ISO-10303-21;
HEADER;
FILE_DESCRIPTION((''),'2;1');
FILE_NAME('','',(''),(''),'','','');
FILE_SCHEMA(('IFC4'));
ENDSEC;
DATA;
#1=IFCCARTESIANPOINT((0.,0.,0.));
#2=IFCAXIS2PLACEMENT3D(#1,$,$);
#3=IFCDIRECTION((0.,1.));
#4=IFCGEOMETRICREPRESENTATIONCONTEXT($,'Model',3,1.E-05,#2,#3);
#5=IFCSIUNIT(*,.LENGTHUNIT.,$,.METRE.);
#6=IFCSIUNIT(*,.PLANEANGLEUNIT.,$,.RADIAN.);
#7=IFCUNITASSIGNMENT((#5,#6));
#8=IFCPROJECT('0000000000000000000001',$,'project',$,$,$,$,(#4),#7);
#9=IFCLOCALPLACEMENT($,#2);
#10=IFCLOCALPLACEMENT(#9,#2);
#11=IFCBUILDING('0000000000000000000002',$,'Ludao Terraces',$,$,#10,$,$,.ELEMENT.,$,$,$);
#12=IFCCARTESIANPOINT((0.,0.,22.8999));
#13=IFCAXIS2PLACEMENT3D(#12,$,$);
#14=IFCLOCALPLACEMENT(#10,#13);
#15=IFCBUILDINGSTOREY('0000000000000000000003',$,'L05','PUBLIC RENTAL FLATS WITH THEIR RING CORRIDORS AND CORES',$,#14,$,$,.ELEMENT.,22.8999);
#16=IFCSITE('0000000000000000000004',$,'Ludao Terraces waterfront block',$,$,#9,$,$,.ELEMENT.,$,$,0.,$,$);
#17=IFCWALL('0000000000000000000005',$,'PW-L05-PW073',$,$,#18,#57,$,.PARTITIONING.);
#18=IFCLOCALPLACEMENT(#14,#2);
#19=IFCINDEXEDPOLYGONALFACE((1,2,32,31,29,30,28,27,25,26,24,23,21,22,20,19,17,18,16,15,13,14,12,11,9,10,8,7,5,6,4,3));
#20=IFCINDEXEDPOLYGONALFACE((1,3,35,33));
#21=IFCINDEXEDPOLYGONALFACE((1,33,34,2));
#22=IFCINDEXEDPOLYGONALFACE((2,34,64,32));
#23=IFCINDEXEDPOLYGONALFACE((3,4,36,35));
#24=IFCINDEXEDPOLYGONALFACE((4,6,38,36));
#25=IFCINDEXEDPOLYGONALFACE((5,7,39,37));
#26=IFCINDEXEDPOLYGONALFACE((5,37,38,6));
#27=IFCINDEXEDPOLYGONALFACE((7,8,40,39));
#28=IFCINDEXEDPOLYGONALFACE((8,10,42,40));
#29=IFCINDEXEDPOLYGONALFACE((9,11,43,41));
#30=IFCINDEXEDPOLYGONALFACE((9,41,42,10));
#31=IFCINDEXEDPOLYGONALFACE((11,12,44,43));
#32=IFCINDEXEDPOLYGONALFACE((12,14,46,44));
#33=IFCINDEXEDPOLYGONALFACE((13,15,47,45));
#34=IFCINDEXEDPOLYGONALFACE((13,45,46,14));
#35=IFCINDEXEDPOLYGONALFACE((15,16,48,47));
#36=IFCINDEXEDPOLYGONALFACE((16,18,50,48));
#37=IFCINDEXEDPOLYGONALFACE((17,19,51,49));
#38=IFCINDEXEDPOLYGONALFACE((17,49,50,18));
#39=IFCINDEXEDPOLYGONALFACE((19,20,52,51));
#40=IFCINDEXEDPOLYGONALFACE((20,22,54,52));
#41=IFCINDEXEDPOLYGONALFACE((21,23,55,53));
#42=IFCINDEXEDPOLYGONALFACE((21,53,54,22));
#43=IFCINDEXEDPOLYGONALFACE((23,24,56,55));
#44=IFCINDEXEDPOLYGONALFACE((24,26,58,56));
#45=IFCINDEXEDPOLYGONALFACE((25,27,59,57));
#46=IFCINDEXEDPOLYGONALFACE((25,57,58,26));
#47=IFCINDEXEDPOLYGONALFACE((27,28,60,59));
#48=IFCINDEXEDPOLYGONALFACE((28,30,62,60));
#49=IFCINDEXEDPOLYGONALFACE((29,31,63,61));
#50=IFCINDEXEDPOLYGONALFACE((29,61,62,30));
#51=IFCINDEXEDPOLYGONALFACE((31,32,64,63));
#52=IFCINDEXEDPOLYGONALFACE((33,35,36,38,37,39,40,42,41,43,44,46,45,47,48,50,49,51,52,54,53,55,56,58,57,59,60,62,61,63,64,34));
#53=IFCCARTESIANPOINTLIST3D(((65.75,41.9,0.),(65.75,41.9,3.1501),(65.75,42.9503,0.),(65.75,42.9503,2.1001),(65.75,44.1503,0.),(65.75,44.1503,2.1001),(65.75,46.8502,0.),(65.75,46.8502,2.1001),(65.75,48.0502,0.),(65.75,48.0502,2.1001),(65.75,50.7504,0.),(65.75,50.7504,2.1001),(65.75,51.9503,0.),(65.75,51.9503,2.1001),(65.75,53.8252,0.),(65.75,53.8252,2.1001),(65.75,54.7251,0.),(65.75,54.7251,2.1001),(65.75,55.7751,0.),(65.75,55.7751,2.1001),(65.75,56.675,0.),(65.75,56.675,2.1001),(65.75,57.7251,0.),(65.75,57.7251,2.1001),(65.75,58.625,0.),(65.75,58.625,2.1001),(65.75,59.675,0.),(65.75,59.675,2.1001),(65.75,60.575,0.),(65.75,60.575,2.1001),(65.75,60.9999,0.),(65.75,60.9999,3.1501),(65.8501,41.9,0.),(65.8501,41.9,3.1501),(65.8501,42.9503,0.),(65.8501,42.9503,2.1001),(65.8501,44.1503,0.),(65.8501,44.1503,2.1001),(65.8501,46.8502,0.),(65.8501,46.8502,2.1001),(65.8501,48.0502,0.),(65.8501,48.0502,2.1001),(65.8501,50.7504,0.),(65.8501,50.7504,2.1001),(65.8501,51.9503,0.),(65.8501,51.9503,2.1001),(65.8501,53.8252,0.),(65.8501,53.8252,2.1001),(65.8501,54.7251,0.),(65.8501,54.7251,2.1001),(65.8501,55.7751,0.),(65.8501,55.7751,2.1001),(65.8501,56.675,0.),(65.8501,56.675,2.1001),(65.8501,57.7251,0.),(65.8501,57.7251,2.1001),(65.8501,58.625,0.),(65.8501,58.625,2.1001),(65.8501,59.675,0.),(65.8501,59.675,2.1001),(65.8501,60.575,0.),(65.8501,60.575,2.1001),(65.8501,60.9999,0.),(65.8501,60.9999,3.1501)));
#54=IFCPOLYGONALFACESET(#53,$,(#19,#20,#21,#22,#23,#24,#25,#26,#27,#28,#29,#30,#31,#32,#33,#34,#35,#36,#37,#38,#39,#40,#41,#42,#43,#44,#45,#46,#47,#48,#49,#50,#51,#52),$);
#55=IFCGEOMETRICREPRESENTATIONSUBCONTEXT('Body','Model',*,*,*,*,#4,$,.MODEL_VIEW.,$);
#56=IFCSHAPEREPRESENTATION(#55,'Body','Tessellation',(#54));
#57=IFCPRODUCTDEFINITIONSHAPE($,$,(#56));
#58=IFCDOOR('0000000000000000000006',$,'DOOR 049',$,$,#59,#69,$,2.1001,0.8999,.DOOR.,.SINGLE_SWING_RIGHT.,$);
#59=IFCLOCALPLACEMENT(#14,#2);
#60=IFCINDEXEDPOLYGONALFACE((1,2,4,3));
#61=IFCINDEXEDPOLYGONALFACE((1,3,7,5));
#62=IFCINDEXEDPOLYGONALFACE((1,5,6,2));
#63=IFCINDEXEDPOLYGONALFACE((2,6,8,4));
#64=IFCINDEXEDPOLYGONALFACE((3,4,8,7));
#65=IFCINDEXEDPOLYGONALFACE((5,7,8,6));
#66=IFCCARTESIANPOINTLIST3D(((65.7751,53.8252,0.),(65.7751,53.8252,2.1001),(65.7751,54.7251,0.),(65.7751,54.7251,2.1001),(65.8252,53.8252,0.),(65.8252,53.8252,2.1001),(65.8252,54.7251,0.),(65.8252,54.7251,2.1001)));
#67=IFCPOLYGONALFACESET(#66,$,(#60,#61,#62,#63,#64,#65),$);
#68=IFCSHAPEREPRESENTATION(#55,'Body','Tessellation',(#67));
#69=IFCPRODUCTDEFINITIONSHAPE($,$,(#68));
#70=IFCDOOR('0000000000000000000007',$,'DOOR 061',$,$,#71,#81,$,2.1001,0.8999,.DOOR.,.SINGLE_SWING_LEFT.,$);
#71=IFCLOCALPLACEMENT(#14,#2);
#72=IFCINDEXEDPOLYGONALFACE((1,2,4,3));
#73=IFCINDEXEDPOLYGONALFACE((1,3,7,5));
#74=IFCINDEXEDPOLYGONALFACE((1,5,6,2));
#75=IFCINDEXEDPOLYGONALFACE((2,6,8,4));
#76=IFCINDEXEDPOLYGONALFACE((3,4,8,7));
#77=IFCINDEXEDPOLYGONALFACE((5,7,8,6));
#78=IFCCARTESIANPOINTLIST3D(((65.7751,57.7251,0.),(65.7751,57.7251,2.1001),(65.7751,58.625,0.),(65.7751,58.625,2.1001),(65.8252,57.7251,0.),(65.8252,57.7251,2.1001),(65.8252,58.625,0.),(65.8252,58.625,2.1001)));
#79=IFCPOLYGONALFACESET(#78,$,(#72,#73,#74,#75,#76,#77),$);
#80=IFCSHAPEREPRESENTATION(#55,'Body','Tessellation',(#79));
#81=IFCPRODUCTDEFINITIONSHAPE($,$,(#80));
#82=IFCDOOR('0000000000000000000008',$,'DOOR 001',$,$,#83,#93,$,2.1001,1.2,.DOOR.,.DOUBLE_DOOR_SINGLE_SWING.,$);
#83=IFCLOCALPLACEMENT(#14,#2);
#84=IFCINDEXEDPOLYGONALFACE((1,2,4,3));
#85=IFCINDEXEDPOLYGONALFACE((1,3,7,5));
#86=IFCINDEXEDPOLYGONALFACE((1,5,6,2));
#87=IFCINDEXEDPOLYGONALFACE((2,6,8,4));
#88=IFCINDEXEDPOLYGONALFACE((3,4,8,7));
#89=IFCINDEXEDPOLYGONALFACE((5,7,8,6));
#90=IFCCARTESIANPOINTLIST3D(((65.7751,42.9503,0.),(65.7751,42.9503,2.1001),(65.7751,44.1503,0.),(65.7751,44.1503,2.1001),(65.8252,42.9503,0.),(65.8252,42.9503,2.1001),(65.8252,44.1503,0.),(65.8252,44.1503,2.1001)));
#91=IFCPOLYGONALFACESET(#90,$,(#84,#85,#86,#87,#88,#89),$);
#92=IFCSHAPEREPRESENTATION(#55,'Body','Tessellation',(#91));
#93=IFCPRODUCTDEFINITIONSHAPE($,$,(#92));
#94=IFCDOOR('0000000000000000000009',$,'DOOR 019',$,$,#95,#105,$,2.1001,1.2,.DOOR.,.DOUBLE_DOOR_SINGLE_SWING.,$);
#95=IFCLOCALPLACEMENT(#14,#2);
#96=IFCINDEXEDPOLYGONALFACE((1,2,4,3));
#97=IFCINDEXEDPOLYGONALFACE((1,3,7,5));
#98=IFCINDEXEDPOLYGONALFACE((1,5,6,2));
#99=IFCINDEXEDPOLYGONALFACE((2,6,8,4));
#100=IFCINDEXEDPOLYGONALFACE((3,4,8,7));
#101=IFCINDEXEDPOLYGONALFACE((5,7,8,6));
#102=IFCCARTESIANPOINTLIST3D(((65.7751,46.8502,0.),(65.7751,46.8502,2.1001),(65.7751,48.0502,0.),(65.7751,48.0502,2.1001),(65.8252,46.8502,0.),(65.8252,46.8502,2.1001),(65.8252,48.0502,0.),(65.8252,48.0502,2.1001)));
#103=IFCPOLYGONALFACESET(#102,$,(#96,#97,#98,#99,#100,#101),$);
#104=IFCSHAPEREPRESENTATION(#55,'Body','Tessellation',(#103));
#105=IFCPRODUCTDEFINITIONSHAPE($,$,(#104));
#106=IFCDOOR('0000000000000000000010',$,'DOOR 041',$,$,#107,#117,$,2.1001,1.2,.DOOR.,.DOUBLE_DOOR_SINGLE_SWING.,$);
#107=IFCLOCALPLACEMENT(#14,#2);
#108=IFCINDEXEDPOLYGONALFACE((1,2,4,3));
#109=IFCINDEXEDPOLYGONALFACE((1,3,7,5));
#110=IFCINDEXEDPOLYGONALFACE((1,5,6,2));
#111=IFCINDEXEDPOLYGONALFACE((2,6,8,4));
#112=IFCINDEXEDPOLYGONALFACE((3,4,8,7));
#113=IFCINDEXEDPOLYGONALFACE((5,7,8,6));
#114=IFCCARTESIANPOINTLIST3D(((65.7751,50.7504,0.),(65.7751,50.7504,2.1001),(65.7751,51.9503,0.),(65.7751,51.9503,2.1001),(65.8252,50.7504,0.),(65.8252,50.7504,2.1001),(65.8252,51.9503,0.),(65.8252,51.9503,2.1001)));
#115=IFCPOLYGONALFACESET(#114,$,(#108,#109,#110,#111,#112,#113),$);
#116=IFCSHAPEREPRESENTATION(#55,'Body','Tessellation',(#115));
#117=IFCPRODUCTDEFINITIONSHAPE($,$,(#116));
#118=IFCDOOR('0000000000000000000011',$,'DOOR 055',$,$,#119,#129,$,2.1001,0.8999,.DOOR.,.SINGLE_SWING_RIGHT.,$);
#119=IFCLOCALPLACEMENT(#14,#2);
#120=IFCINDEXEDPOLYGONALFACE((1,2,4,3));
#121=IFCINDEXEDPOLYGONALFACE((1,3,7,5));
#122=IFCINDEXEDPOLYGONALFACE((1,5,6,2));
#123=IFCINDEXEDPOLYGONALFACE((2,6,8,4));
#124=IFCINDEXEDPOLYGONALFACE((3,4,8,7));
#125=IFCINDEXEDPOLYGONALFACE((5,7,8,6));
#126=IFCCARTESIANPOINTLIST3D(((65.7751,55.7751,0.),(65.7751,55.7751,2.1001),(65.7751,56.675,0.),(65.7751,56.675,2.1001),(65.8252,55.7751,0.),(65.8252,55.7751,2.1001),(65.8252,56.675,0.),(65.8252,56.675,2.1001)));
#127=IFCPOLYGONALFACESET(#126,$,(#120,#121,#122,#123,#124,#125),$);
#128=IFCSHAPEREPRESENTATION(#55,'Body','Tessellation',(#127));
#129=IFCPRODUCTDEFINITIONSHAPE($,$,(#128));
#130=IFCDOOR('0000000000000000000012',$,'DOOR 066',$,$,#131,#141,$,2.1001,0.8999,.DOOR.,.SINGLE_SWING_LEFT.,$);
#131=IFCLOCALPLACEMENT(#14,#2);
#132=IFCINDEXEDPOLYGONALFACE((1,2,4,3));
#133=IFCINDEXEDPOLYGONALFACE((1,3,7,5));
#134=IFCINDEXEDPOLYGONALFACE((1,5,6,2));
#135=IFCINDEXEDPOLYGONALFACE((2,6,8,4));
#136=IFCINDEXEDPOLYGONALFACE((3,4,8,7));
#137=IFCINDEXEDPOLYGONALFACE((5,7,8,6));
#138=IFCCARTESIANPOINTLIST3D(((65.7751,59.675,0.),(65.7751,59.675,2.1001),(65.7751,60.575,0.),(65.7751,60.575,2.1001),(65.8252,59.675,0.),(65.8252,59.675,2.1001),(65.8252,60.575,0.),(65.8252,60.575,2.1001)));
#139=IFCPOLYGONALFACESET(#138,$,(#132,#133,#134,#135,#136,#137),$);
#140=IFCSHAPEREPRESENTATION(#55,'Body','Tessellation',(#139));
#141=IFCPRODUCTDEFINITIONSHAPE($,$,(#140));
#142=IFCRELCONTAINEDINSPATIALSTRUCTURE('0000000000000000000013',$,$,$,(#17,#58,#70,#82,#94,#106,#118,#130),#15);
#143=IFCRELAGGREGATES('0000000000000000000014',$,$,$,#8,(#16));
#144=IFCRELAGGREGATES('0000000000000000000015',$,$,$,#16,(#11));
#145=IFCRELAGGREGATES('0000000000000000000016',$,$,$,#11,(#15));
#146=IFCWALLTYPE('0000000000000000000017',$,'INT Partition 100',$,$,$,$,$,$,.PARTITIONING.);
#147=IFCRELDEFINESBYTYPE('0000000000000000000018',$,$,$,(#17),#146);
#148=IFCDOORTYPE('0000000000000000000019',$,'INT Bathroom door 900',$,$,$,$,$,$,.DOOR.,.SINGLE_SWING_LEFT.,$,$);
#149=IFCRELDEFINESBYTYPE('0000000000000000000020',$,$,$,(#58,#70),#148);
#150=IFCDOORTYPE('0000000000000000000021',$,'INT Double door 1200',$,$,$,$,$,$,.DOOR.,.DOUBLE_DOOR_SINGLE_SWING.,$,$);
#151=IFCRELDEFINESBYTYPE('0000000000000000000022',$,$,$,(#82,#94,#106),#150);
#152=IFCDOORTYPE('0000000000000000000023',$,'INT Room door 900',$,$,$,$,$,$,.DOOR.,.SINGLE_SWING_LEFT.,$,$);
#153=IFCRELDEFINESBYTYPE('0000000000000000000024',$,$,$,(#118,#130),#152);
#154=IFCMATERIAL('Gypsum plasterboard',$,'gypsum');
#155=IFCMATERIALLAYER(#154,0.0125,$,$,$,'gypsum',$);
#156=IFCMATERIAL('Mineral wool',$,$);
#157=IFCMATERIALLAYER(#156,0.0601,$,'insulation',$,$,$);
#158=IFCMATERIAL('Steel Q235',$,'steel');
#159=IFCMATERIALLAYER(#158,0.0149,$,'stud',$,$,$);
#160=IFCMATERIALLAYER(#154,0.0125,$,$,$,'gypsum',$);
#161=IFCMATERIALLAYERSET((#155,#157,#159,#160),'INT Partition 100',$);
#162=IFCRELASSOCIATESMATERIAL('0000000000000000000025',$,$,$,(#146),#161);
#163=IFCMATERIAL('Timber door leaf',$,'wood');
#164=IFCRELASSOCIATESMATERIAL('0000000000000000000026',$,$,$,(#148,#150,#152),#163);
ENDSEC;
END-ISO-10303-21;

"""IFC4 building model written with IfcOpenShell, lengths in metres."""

from ifc_helpers import new_model, si_unit, direction, frame, frame_2d, origin, place, context, subcontext, project, spatial, rectangle, extrude, material, layer, layer_set, type_object, element, fill, save


model = new_model("IFC4")

# Units and contexts
model_context = context("Model", 3, precision=1e-05, world=origin(), true_north=direction((0.0, 1.0)))
body_context = subcontext(model_context, "Body", "Model", "MODEL_VIEW")
ifc_project = project(units=[si_unit("LENGTHUNIT", "METRE"), si_unit("PLANEANGLEUNIT", "RADIAN")], contexts=[model_context])

# Site, building, storey
site_placement = place(None, origin())
site = spatial("IfcSite", under=ifc_project, at=site_placement, Name="Ludao Terraces waterfront block", CompositionType="ELEMENT", RefElevation=0.0)
building_placement = place(site_placement, origin())
building = spatial("IfcBuilding", under=site, at=building_placement, Name="Ludao Terraces", CompositionType="ELEMENT")
storey_placement = place(building_placement, frame((0.0, 0.0, 22.8999)))
storey = spatial("IfcBuildingStorey", under=building, at=storey_placement, Name="L05", Description="PUBLIC RENTAL FLATS WITH THEIR RING CORRIDORS AND CORES", CompositionType="ELEMENT", Elevation=22.8999)

# Wall, openings, doors
ifc_material_1 = material(Name="Gypsum plasterboard", Category="gypsum")
ifc_layer_1 = layer(ifc_material_1, 0.0125, Category="gypsum")
ifc_material_2 = material(Name="Mineral wool")
ifc_layer_2 = layer(ifc_material_2, 0.0601, Name="insulation")
ifc_material_3 = material(Name="Steel Q235", Category="steel")
ifc_layer_3 = layer(ifc_material_3, 0.0149, Name="stud")
ifc_layer_4 = layer(ifc_material_1, 0.0125, Category="gypsum")
ifc_layer_set = layer_set([ifc_layer_1, ifc_layer_2, ifc_layer_3, ifc_layer_4], Name="INT Partition 100")
wall_type = type_object("IfcWallType", Name="INT Partition 100", PredefinedType="PARTITIONING", material=ifc_layer_set)
wall_1_placement = place(storey_placement, frame((65.8, 41.9001, 0.0), z_axis=(0.0, 0.0, 1.0), x_axis=(0.0, 1.0, 0.0)))
wall_1 = element("IfcWall", 1, at=wall_1_placement, inside=storey, type_object=wall_type, Name="PW-L05-PW073", PredefinedType="PARTITIONING", context=body_context, shape_type="SweptSolid", body=[
    extrude(rectangle(XDim=19.0999, YDim=0.1001, at=frame_2d((9.5498, 0.0))), origin(), (0.0, 0.0, 1.0), 3.1501),
])
opening_1_placement = place(wall_1_placement, frame((1.05, 0.0, 0.0)))
opening_1 = element("IfcOpeningElement", 2, at=opening_1_placement, cuts=wall_1, PredefinedType="OPENING", context=body_context, shape_type="SweptSolid", body=[
    extrude(rectangle(XDim=1.2, YDim=2.1001, at=frame_2d((0.6001, 1.05))), frame((0.0, 0.0601, 0.0), z_axis=(0.0, -1.0, 0.0), x_axis=(1.0, 0.0, 0.0)), (0.0, 0.0, 1.0), 0.1201),
])
opening_2_placement = place(wall_1_placement, frame((4.95, 0.0, 0.0)))
opening_2 = element("IfcOpeningElement", 3, at=opening_2_placement, cuts=wall_1, PredefinedType="OPENING", context=body_context, shape_type="SweptSolid", body=[
    extrude(rectangle(XDim=1.2, YDim=2.1001, at=frame_2d((0.6001, 1.05))), frame((0.0, 0.0601, 0.0), z_axis=(0.0, -1.0, 0.0), x_axis=(1.0, 0.0, 0.0)), (0.0, 0.0, 1.0), 0.1201),
])
opening_3_placement = place(wall_1_placement, frame((8.8501, 0.0, 0.0)))
opening_3 = element("IfcOpeningElement", 4, at=opening_3_placement, cuts=wall_1, PredefinedType="OPENING", context=body_context, shape_type="SweptSolid", body=[
    extrude(rectangle(XDim=1.2, YDim=2.1001, at=frame_2d((0.6001, 1.05))), frame((0.0, 0.0601, 0.0), z_axis=(0.0, -1.0, 0.0), x_axis=(1.0, 0.0, 0.0)), (0.0, 0.0, 1.0), 0.1201),
])
opening_4_placement = place(wall_1_placement, frame((11.925, 0.0, 0.0)))
opening_4 = element("IfcOpeningElement", 5, at=opening_4_placement, cuts=wall_1, PredefinedType="OPENING", context=body_context, shape_type="SweptSolid", body=[
    extrude(rectangle(XDim=0.8999, YDim=2.1001, at=frame_2d((0.45, 1.05))), frame((0.0, 0.0601, 0.0), z_axis=(0.0, -1.0, 0.0), x_axis=(1.0, 0.0, 0.0)), (0.0, 0.0, 1.0), 0.1201),
])
opening_5_placement = place(wall_1_placement, frame((13.875, 0.0, 0.0)))
opening_5 = element("IfcOpeningElement", 6, at=opening_5_placement, cuts=wall_1, PredefinedType="OPENING", context=body_context, shape_type="SweptSolid", body=[
    extrude(rectangle(XDim=0.8999, YDim=2.1001, at=frame_2d((0.45, 1.05))), frame((0.0, 0.0601, 0.0), z_axis=(0.0, -1.0, 0.0), x_axis=(1.0, 0.0, 0.0)), (0.0, 0.0, 1.0), 0.1201),
])
opening_6_placement = place(wall_1_placement, frame((15.825, 0.0, 0.0)))
opening_6 = element("IfcOpeningElement", 7, at=opening_6_placement, cuts=wall_1, PredefinedType="OPENING", context=body_context, shape_type="SweptSolid", body=[
    extrude(rectangle(XDim=0.8999, YDim=2.1001, at=frame_2d((0.45, 1.05))), frame((0.0, 0.0601, 0.0), z_axis=(0.0, -1.0, 0.0), x_axis=(1.0, 0.0, 0.0)), (0.0, 0.0, 1.0), 0.1201),
])
opening_7_placement = place(wall_1_placement, frame((17.7749, 0.0, 0.0)))
opening_7 = element("IfcOpeningElement", 8, at=opening_7_placement, cuts=wall_1, PredefinedType="OPENING", context=body_context, shape_type="SweptSolid", body=[
    extrude(rectangle(XDim=0.8999, YDim=2.1001, at=frame_2d((0.45, 1.05))), frame((0.0, 0.0601, 0.0), z_axis=(0.0, -1.0, 0.0), x_axis=(1.0, 0.0, 0.0)), (0.0, 0.0, 1.0), 0.1201),
])
ifc_material_4 = material(Name="Timber door leaf", Category="wood")
door_type_1 = type_object("IfcDoorType", Name="INT Bathroom door 900", OperationType="SINGLE_SWING_LEFT", PredefinedType="DOOR", material=ifc_material_4)
door_1_placement = place(opening_4_placement, origin())
door_1 = element("IfcDoor", 9, at=door_1_placement, inside=storey, type_object=door_type_1, Name="DOOR 049", OperationType="SINGLE_SWING_RIGHT", OverallHeight=2.1001, OverallWidth=0.8999, PredefinedType="DOOR", context=body_context, shape_type="SweptSolid", body=[
    extrude(rectangle(XDim=0.8999, YDim=2.1001, at=frame_2d((0.45, 1.05))), frame((0.0, 0.0249, 0.0), z_axis=(0.0, -1.0, 0.0), x_axis=(1.0, 0.0, 0.0)), (0.0, 0.0, 1.0), 0.05),
])
fill(opening_4, door_1)
door_2_placement = place(opening_6_placement, origin())
door_2 = element("IfcDoor", 10, at=door_2_placement, inside=storey, type_object=door_type_1, Name="DOOR 061", OperationType="SINGLE_SWING_LEFT", OverallHeight=2.1001, OverallWidth=0.8999, PredefinedType="DOOR", context=body_context, shape_type="SweptSolid", body=[
    extrude(rectangle(XDim=0.8999, YDim=2.1001, at=frame_2d((0.45, 1.05))), frame((0.0, 0.0249, 0.0), z_axis=(0.0, -1.0, 0.0), x_axis=(1.0, 0.0, 0.0)), (0.0, 0.0, 1.0), 0.05),
])
fill(opening_6, door_2)
door_type_2 = type_object("IfcDoorType", Name="INT Double door 1200", OperationType="DOUBLE_DOOR_SINGLE_SWING", PredefinedType="DOOR", material=ifc_material_4)
door_3_placement = place(opening_1_placement, origin())
door_3 = element("IfcDoor", 11, at=door_3_placement, inside=storey, type_object=door_type_2, Name="DOOR 001", OperationType="DOUBLE_DOOR_SINGLE_SWING", OverallHeight=2.1001, OverallWidth=1.2, PredefinedType="DOOR", context=body_context, shape_type="SweptSolid", body=[
    extrude(rectangle(XDim=1.2, YDim=2.1001, at=frame_2d((0.6001, 1.05))), frame((0.0, 0.0249, 0.0), z_axis=(0.0, -1.0, 0.0), x_axis=(1.0, 0.0, 0.0)), (0.0, 0.0, 1.0), 0.05),
])
fill(opening_1, door_3)
door_4_placement = place(opening_2_placement, origin())
door_4 = element("IfcDoor", 12, at=door_4_placement, inside=storey, type_object=door_type_2, Name="DOOR 019", OperationType="DOUBLE_DOOR_SINGLE_SWING", OverallHeight=2.1001, OverallWidth=1.2, PredefinedType="DOOR", context=body_context, shape_type="SweptSolid", body=[
    extrude(rectangle(XDim=1.2, YDim=2.1001, at=frame_2d((0.6001, 1.05))), frame((0.0, 0.0249, 0.0), z_axis=(0.0, -1.0, 0.0), x_axis=(1.0, 0.0, 0.0)), (0.0, 0.0, 1.0), 0.05),
])
fill(opening_2, door_4)
door_5_placement = place(opening_3_placement, origin())
door_5 = element("IfcDoor", 13, at=door_5_placement, inside=storey, type_object=door_type_2, Name="DOOR 041", OperationType="DOUBLE_DOOR_SINGLE_SWING", OverallHeight=2.1001, OverallWidth=1.2, PredefinedType="DOOR", context=body_context, shape_type="SweptSolid", body=[
    extrude(rectangle(XDim=1.2, YDim=2.1001, at=frame_2d((0.6001, 1.05))), frame((0.0, 0.0249, 0.0), z_axis=(0.0, -1.0, 0.0), x_axis=(1.0, 0.0, 0.0)), (0.0, 0.0, 1.0), 0.05),
])
fill(opening_3, door_5)
door_type_3 = type_object("IfcDoorType", Name="INT Room door 900", OperationType="SINGLE_SWING_LEFT", PredefinedType="DOOR", material=ifc_material_4)
door_6_placement = place(opening_5_placement, origin())
door_6 = element("IfcDoor", 14, at=door_6_placement, inside=storey, type_object=door_type_3, Name="DOOR 055", OperationType="SINGLE_SWING_RIGHT", OverallHeight=2.1001, OverallWidth=0.8999, PredefinedType="DOOR", context=body_context, shape_type="SweptSolid", body=[
    extrude(rectangle(XDim=0.8999, YDim=2.1001, at=frame_2d((0.45, 1.05))), frame((0.0, 0.0249, 0.0), z_axis=(0.0, -1.0, 0.0), x_axis=(1.0, 0.0, 0.0)), (0.0, 0.0, 1.0), 0.05),
])
fill(opening_5, door_6)
door_7_placement = place(opening_7_placement, origin())
door_7 = element("IfcDoor", 15, at=door_7_placement, inside=storey, type_object=door_type_3, Name="DOOR 066", OperationType="SINGLE_SWING_LEFT", OverallHeight=2.1001, OverallWidth=0.8999, PredefinedType="DOOR", context=body_context, shape_type="SweptSolid", body=[
    extrude(rectangle(XDim=0.8999, YDim=2.1001, at=frame_2d((0.45, 1.05))), frame((0.0, 0.0249, 0.0), z_axis=(0.0, -1.0, 0.0), x_axis=(1.0, 0.0, 0.0)), (0.0, 0.0, 1.0), 0.05),
])
fill(opening_7, door_7)

save(model, "model.ifc")
